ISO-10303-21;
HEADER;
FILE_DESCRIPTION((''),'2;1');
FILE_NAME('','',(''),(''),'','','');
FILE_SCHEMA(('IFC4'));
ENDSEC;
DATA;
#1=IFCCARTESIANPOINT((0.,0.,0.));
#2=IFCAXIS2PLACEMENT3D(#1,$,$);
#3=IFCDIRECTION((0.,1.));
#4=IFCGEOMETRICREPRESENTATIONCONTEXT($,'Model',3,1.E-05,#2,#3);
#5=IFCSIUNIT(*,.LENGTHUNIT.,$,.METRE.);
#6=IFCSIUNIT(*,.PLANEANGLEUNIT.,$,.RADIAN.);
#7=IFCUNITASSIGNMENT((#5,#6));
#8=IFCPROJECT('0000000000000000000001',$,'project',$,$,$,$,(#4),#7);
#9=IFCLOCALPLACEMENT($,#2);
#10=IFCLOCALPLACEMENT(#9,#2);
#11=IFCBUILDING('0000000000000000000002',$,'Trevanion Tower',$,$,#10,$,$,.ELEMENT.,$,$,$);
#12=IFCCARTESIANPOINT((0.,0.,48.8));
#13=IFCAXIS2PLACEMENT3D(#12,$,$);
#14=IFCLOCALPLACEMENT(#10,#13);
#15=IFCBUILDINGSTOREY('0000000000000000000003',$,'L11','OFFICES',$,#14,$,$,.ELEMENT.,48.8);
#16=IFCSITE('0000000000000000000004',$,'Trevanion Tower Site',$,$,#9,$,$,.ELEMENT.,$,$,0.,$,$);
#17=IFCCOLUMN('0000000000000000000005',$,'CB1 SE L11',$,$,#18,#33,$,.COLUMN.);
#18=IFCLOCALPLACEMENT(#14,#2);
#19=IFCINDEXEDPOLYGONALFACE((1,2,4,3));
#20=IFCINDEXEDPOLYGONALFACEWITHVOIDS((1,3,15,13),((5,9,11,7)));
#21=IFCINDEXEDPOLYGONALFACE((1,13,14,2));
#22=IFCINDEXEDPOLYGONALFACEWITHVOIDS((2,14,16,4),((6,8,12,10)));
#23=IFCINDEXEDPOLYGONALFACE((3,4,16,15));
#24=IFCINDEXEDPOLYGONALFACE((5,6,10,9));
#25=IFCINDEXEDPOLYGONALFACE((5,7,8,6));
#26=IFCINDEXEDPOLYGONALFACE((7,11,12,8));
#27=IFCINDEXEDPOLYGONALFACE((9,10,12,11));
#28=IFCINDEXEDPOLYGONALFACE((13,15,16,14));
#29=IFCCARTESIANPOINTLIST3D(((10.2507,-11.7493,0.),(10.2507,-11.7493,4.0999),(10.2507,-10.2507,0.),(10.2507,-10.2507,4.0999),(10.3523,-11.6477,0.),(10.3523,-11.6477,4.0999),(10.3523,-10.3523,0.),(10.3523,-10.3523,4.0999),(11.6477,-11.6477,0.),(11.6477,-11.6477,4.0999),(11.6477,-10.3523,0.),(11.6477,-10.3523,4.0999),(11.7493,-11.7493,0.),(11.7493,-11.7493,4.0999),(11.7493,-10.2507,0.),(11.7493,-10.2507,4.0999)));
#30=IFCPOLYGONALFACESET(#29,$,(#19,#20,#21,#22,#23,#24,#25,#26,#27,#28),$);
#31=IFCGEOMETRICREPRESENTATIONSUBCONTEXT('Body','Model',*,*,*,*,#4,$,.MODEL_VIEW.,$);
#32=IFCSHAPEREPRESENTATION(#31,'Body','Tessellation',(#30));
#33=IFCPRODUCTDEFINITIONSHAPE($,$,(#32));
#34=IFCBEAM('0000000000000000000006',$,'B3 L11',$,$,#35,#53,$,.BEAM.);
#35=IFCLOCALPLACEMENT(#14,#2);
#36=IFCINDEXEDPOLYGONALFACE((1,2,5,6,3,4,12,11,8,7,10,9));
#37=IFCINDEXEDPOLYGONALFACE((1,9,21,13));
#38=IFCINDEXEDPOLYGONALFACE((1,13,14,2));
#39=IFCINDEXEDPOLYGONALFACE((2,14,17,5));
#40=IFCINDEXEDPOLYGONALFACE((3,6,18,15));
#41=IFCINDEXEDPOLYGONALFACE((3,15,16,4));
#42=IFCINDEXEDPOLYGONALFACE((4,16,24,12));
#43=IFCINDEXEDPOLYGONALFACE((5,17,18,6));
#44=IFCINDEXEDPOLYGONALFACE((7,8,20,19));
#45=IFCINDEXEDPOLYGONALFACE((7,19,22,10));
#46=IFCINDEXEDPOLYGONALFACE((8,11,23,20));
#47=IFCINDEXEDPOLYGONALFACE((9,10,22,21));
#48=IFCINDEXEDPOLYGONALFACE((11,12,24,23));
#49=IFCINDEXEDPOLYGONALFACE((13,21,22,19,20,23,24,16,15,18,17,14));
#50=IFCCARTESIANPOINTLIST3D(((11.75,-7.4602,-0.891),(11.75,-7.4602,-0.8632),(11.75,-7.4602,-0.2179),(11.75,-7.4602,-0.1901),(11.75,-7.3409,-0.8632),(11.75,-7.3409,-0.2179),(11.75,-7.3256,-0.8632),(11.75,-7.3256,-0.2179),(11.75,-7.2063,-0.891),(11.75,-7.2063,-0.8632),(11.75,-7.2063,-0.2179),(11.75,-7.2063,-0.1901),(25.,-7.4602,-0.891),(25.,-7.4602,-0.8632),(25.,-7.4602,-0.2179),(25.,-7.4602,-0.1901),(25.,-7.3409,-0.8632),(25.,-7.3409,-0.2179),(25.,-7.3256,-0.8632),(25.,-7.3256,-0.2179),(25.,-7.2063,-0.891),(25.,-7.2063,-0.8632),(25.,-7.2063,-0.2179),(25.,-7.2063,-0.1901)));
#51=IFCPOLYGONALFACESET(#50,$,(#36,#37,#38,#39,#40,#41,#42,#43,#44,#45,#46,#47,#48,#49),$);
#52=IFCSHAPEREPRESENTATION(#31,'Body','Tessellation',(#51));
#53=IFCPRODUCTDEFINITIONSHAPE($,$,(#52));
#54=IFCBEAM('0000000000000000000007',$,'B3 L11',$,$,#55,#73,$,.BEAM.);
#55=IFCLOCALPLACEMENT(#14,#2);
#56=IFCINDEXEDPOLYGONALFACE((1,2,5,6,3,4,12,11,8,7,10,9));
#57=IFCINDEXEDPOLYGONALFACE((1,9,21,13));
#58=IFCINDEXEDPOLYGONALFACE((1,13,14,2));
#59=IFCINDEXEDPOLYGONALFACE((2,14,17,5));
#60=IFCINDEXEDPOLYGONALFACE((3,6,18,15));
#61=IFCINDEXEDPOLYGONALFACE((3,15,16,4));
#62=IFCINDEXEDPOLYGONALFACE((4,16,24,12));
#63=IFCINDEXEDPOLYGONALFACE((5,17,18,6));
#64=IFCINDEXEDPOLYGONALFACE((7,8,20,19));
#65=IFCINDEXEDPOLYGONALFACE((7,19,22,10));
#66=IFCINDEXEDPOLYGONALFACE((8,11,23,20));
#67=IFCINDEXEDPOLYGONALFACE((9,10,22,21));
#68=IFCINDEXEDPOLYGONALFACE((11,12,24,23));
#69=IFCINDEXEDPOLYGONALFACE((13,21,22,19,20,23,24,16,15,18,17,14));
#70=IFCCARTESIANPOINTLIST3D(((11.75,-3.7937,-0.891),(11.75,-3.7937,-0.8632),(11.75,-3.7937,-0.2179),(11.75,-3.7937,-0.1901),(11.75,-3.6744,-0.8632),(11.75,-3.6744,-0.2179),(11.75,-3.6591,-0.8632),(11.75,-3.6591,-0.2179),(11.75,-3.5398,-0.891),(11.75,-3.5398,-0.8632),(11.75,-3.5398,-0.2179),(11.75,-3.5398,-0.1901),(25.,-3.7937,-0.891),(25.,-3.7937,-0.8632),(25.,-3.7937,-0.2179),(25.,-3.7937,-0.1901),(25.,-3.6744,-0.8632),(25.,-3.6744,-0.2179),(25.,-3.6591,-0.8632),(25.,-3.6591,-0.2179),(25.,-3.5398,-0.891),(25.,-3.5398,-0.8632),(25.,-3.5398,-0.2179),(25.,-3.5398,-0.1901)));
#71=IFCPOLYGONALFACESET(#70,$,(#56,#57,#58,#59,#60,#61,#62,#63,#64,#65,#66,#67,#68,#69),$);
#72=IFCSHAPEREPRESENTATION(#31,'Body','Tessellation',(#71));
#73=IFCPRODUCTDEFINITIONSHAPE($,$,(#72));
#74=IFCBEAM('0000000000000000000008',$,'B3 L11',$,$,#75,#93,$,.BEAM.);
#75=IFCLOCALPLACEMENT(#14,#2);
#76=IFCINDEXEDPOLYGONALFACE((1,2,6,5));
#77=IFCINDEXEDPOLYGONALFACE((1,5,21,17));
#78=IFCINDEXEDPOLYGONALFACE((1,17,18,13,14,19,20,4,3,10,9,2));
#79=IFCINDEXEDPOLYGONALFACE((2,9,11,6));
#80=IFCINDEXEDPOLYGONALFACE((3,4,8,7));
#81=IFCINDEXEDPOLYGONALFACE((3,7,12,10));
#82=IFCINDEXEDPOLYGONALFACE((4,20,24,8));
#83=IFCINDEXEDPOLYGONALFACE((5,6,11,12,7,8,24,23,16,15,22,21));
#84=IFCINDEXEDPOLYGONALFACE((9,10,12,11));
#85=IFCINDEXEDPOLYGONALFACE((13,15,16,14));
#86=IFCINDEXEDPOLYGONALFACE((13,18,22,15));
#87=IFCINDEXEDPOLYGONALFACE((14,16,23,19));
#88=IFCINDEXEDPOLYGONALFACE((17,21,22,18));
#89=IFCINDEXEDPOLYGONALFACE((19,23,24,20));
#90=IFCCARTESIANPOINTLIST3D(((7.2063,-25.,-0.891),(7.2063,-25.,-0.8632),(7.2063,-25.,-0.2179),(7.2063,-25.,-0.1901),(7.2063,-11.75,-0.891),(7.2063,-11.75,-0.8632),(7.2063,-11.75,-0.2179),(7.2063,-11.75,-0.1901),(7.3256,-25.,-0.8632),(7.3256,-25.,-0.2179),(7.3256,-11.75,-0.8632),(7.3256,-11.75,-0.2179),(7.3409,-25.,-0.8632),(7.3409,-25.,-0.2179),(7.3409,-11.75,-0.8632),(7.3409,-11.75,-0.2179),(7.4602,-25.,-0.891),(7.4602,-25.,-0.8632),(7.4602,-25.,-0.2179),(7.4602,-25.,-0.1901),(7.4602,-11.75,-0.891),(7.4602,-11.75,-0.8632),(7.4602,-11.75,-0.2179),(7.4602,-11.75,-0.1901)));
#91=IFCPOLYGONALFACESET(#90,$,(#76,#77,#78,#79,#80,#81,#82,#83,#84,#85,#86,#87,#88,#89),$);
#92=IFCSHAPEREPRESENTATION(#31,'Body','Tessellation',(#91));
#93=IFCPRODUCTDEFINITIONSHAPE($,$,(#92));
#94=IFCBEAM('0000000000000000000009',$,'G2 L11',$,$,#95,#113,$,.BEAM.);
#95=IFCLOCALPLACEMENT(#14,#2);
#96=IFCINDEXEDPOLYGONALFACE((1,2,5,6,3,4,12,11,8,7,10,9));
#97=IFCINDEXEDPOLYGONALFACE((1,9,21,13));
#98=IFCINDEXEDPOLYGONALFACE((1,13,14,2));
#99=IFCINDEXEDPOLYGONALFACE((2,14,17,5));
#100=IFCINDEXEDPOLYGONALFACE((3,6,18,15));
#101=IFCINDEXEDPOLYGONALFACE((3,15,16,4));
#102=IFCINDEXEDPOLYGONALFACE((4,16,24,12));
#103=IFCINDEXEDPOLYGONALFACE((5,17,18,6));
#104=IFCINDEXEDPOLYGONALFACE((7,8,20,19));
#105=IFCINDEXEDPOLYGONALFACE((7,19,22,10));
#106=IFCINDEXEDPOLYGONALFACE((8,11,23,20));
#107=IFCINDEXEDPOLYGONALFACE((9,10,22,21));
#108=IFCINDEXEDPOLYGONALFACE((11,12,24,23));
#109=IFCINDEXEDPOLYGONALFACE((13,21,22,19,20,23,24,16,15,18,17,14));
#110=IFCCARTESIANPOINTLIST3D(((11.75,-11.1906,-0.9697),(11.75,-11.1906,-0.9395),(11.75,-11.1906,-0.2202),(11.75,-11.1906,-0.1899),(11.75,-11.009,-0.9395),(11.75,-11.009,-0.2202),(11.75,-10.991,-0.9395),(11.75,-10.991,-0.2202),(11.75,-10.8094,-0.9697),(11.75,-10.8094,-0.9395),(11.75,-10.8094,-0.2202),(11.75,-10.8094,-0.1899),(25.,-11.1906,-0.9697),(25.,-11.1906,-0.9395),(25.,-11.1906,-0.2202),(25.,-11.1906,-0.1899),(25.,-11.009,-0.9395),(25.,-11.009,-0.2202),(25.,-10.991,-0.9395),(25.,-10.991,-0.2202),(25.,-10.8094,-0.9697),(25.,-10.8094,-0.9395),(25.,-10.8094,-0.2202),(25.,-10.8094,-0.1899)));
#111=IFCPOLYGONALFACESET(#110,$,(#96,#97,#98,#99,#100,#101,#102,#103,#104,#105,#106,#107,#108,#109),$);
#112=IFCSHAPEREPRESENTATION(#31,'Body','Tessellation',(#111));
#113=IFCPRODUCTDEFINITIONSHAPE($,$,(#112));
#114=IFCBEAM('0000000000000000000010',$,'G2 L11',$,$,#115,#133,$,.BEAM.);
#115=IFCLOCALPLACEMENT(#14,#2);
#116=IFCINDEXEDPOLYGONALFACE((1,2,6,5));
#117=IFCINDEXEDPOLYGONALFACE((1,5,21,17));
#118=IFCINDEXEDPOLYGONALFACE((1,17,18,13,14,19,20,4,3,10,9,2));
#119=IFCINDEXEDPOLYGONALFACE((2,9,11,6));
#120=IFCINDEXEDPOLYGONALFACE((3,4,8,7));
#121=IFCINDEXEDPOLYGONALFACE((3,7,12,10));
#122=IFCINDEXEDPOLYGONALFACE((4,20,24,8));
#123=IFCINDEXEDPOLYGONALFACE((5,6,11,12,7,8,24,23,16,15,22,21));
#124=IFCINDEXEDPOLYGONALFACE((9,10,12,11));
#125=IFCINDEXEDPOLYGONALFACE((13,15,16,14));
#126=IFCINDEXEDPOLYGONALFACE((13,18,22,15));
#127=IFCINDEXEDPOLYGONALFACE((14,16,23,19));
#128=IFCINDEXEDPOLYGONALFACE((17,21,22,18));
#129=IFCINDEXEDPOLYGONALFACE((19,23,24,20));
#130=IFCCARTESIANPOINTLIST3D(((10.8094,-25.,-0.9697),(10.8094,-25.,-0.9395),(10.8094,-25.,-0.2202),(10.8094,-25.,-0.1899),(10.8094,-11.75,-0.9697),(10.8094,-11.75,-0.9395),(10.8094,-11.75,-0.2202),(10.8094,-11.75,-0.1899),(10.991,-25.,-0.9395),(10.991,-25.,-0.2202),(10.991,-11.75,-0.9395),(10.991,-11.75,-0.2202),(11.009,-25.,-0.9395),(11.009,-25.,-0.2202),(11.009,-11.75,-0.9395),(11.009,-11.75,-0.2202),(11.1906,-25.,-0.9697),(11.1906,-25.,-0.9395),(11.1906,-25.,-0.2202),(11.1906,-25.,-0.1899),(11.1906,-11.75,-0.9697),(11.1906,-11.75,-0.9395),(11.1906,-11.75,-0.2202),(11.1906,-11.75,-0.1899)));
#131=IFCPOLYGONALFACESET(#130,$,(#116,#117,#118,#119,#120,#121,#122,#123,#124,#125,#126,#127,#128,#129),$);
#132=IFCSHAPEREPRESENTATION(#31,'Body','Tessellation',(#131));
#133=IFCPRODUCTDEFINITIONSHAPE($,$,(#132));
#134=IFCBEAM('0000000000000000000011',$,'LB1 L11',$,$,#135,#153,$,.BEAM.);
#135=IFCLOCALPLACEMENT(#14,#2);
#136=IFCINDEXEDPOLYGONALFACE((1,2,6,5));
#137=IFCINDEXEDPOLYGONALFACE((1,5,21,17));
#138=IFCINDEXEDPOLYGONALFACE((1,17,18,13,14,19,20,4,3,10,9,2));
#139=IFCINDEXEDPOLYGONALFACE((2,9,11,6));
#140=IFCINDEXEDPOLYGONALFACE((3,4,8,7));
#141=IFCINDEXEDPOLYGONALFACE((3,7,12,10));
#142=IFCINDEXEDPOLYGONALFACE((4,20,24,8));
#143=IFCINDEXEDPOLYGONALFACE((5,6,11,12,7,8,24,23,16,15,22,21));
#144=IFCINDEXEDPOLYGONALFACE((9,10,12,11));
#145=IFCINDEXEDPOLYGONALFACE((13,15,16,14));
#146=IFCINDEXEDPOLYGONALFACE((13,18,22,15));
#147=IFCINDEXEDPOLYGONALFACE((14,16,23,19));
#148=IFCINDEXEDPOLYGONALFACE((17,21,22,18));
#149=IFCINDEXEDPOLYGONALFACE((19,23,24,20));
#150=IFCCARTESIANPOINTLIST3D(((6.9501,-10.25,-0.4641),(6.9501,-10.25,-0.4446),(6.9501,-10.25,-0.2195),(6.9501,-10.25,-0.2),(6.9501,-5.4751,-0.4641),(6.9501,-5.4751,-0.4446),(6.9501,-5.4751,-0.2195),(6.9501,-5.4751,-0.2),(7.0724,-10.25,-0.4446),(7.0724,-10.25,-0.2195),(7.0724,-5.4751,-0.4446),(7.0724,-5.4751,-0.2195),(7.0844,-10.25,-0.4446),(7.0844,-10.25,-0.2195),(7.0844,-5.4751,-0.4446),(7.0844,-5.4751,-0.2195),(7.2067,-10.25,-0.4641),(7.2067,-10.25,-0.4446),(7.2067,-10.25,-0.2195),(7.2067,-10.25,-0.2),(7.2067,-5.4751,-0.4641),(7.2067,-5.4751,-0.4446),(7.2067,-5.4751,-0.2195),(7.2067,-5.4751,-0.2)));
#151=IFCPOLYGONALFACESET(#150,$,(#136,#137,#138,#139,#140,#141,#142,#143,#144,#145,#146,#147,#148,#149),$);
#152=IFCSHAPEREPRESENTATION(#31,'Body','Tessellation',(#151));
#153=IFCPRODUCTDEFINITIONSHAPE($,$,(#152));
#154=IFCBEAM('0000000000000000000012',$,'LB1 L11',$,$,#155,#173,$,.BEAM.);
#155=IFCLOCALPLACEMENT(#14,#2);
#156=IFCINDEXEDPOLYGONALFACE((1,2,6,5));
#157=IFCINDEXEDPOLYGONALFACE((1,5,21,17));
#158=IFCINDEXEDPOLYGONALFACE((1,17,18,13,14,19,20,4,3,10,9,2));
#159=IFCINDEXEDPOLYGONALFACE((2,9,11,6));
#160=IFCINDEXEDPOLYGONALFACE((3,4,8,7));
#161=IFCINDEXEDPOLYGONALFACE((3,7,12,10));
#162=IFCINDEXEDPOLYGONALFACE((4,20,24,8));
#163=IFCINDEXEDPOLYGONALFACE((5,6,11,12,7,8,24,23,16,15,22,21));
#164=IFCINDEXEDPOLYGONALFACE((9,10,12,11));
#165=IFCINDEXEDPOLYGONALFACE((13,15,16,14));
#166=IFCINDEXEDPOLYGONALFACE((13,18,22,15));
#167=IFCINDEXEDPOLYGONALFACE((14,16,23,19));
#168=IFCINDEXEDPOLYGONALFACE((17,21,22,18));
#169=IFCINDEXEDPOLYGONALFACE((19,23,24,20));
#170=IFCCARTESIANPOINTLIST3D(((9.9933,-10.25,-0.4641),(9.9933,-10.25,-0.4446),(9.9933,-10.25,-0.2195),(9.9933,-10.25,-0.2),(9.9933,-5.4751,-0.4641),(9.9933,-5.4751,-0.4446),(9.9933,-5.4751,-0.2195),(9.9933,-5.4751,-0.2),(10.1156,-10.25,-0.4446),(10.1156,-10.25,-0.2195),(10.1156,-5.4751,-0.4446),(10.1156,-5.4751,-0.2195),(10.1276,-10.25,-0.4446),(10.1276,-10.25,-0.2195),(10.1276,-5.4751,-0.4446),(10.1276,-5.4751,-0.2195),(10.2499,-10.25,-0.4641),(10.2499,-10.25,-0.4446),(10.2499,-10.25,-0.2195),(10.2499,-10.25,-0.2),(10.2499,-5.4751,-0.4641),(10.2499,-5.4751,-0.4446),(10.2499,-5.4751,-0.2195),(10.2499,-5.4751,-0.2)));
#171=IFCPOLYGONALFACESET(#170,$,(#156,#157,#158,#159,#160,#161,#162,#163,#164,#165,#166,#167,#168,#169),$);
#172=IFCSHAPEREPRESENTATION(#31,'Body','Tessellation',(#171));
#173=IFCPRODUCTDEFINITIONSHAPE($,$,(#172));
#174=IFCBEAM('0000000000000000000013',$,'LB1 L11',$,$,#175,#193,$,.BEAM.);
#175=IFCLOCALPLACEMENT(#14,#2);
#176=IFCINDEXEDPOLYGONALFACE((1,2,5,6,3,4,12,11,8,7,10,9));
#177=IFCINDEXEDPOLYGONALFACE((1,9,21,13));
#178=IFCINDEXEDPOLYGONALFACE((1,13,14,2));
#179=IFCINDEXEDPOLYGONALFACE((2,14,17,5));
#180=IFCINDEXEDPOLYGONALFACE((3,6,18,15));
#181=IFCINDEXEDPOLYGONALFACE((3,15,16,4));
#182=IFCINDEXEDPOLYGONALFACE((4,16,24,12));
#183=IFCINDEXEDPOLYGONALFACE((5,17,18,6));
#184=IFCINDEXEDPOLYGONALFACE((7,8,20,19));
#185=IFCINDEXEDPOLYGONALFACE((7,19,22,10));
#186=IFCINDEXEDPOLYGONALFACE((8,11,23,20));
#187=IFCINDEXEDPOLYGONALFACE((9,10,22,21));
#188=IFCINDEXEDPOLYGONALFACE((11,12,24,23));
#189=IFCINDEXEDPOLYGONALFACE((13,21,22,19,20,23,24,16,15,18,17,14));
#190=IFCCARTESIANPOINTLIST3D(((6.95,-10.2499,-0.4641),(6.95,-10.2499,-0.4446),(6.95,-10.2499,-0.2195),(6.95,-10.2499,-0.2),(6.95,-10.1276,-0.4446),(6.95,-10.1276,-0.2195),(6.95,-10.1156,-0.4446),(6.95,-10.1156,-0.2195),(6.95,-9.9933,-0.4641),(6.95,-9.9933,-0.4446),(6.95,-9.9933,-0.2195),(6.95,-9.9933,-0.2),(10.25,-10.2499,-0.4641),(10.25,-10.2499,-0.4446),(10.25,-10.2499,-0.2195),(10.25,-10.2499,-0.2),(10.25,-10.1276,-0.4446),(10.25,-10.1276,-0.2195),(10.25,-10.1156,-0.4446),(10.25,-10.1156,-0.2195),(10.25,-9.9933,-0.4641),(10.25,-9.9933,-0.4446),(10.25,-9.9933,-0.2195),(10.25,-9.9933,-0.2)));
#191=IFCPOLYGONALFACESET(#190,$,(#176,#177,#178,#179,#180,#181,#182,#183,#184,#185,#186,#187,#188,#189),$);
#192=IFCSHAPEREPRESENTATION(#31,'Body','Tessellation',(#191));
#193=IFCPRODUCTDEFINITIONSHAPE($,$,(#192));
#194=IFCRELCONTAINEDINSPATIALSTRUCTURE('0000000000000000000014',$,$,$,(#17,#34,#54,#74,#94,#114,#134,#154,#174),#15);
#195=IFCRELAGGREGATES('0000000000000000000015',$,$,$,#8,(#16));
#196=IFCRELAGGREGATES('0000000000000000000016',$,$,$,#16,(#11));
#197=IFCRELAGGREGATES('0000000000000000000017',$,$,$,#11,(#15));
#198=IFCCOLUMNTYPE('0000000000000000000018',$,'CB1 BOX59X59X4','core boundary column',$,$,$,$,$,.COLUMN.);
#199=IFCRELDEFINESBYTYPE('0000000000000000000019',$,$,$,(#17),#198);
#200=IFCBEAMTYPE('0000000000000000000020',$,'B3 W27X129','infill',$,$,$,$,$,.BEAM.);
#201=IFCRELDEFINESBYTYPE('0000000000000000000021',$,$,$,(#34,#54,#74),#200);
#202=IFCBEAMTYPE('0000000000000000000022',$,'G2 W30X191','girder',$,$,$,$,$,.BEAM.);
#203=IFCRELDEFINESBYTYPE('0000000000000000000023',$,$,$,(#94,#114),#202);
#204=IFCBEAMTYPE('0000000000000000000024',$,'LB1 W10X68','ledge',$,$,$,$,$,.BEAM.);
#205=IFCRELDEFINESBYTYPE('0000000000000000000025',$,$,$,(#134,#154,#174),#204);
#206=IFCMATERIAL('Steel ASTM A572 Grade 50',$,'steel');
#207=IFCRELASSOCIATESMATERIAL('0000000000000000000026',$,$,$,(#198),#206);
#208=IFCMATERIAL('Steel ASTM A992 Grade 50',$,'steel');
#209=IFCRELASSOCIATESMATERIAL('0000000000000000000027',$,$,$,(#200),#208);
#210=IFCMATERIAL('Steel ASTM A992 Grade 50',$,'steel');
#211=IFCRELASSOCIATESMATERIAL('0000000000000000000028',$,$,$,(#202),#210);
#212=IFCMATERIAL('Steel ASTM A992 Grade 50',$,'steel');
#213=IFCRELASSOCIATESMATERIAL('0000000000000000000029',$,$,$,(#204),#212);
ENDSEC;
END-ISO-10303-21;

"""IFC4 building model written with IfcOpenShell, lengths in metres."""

from ifc_helpers import new_model, si_unit, direction, frame, origin, origin_2d, place, context, subcontext, project, spatial, hollow_rectangle, i_section, extrude, material, material_profile, profile_set, type_object, element, save


model = new_model("IFC4")

# Units and contexts
model_context = context("Model", 3, precision=1e-05, world=origin(), true_north=direction((0.0, 1.0)))
body_context = subcontext(model_context, "Body", "Model", "MODEL_VIEW")
ifc_project = project(units=[si_unit("LENGTHUNIT", "METRE"), si_unit("PLANEANGLEUNIT", "RADIAN")], contexts=[model_context])

# Site, building, storey
site_placement = place(None, origin())
site = spatial("IfcSite", under=ifc_project, at=site_placement, Name="Trevanion Tower Site", CompositionType="ELEMENT", RefElevation=0.0)
building_placement = place(site_placement, origin())
building = spatial("IfcBuilding", under=site, at=building_placement, Name="Trevanion Tower", CompositionType="ELEMENT")
storey_placement = place(building_placement, frame((0.0, 0.0, 48.8)))
storey = spatial("IfcBuildingStorey", under=building, at=storey_placement, Name="L11", Description="OFFICES", CompositionType="ELEMENT", Elevation=48.8)

# Column
ifc_material_1 = material(Name="Steel ASTM A572 Grade 50", Category="steel")
ifc_material_profile_1 = material_profile(ifc_material_1, hollow_rectangle(XDim=1.4985, YDim=1.4985, WallThickness=0.1016, at=origin_2d()), Name="BOX59X59X4")
ifc_profile_set_1 = profile_set([ifc_material_profile_1], Name="Steel ASTM A572 Grade 50")
column_type = type_object("IfcColumnType", Name="CB1 BOX59X59X4", Description="core boundary column", PredefinedType="COLUMN", material=ifc_profile_set_1)
column_placement = place(storey_placement, frame((11.0, -11.0, 0.0), z_axis=(0.0, 0.0, 1.0), x_axis=(1.0, 0.0, 0.0)))
element("IfcColumn", 1, at=column_placement, inside=storey, type_object=column_type, Name="CB1 SE L11", PredefinedType="COLUMN", context=body_context, shape_type="SweptSolid", body=[
    extrude(hollow_rectangle(XDim=1.4985, YDim=1.4985, WallThickness=0.1016, at=origin_2d()), origin(), (0.0, 0.0, 1.0), 4.0999),
])

# Beams
ifc_material_2 = material(Name="Steel ASTM A992 Grade 50", Category="steel")
ifc_material_profile_2 = material_profile(ifc_material_2, i_section(OverallWidth=0.2539, OverallDepth=0.7009, WebThickness=0.0154, FlangeThickness=0.0278, at=origin_2d()), Name="W27X129")
ifc_profile_set_2 = profile_set([ifc_material_profile_2], Name="Steel ASTM A992 Grade 50")
beam_type_1 = type_object("IfcBeamType", Name="B3 W27X129", Description="infill", PredefinedType="BEAM", material=ifc_profile_set_2)
for number, where, z_axis, x_axis, name in (
    (2, (11.75, -7.3333, -0.5405), (1.0, 0.0, 0.0), (0.0, 1.0, 0.0), "B3 L11"),
    (3, (11.75, -3.6667, -0.5405), (1.0, 0.0, 0.0), (0.0, 1.0, 0.0), "B3 L11"),
    (4, (7.3333, -11.75, -0.5405), (0.0, -1.0, 0.0), (1.0, 0.0, 0.0), "B3 L11"),
):
    element("IfcBeam", number, at=place(storey_placement, frame(where, z_axis=z_axis, x_axis=x_axis)), inside=storey, type_object=beam_type_1, Name=name, PredefinedType="BEAM", context=body_context, shape_type="SweptSolid", body=[
        extrude(i_section(OverallWidth=0.2539, OverallDepth=0.7009, WebThickness=0.0154, FlangeThickness=0.0278, at=origin_2d()), origin(), (0.0, 0.0, 1.0), 13.25),
    ])
ifc_material_3 = material(Name="Steel ASTM A992 Grade 50", Category="steel")
ifc_material_profile_3 = material_profile(ifc_material_3, i_section(OverallWidth=0.3811, OverallDepth=0.7798, WebThickness=0.0181, FlangeThickness=0.0303, at=origin_2d()), Name="W30X191")
ifc_profile_set_3 = profile_set([ifc_material_profile_3], Name="Steel ASTM A992 Grade 50")
beam_type_2 = type_object("IfcBeamType", Name="G2 W30X191", Description="girder", PredefinedType="BEAM", material=ifc_profile_set_3)
for number, where, z_axis, x_axis, name in (
    (5, (11.75, -11.0, -0.5798), (1.0, 0.0, 0.0), (0.0, 1.0, 0.0), "G2 L11"),
    (6, (11.0, -11.75, -0.5798), (0.0, -1.0, 0.0), (1.0, 0.0, 0.0), "G2 L11"),
):
    element("IfcBeam", number, at=place(storey_placement, frame(where, z_axis=z_axis, x_axis=x_axis)), inside=storey, type_object=beam_type_2, Name=name, PredefinedType="BEAM", context=body_context, shape_type="SweptSolid", body=[
        extrude(i_section(OverallWidth=0.3811, OverallDepth=0.7798, WebThickness=0.0181, FlangeThickness=0.0303, at=origin_2d()), origin(), (0.0, 0.0, 1.0), 13.25),
    ])
ifc_material_4 = material(Name="Steel ASTM A992 Grade 50", Category="steel")
ifc_material_profile_4 = material_profile(ifc_material_4, i_section(OverallWidth=0.2566, OverallDepth=0.2642, WebThickness=0.012, FlangeThickness=0.0195, at=origin_2d()), Name="W10X68")
ifc_profile_set_4 = profile_set([ifc_material_profile_4], Name="Steel ASTM A992 Grade 50")
beam_type_3 = type_object("IfcBeamType", Name="LB1 W10X68", Description="ledge", PredefinedType="BEAM", material=ifc_profile_set_4)
for number, where, z_axis, x_axis, name in (
    (7, (7.0784, -10.25, -0.332), (0.0, 1.0, 0.0), (-1.0, 0.0, 0.0), "LB1 L11"),
    (8, (10.1216, -10.25, -0.332), (0.0, 1.0, 0.0), (-1.0, 0.0, 0.0), "LB1 L11"),
):
    element("IfcBeam", number, at=place(storey_placement, frame(where, z_axis=z_axis, x_axis=x_axis)), inside=storey, type_object=beam_type_3, Name=name, PredefinedType="BEAM", context=body_context, shape_type="SweptSolid", body=[
        extrude(i_section(OverallWidth=0.2566, OverallDepth=0.2642, WebThickness=0.012, FlangeThickness=0.0195, at=origin_2d()), origin(), (0.0, 0.0, 1.0), 4.7749),
    ])
beam_1_placement = place(storey_placement, frame((6.95, -10.1216, -0.332), z_axis=(1.0, 0.0, 0.0), x_axis=(0.0, 1.0, 0.0)))
element("IfcBeam", 9, at=beam_1_placement, inside=storey, type_object=beam_type_3, Name="LB1 L11", PredefinedType="BEAM", context=body_context, shape_type="SweptSolid", body=[
    extrude(i_section(OverallWidth=0.2566, OverallDepth=0.2642, WebThickness=0.012, FlangeThickness=0.0195, at=origin_2d()), origin(), (0.0, 0.0, 1.0), 3.3),
])

save(model, "model.ifc")
